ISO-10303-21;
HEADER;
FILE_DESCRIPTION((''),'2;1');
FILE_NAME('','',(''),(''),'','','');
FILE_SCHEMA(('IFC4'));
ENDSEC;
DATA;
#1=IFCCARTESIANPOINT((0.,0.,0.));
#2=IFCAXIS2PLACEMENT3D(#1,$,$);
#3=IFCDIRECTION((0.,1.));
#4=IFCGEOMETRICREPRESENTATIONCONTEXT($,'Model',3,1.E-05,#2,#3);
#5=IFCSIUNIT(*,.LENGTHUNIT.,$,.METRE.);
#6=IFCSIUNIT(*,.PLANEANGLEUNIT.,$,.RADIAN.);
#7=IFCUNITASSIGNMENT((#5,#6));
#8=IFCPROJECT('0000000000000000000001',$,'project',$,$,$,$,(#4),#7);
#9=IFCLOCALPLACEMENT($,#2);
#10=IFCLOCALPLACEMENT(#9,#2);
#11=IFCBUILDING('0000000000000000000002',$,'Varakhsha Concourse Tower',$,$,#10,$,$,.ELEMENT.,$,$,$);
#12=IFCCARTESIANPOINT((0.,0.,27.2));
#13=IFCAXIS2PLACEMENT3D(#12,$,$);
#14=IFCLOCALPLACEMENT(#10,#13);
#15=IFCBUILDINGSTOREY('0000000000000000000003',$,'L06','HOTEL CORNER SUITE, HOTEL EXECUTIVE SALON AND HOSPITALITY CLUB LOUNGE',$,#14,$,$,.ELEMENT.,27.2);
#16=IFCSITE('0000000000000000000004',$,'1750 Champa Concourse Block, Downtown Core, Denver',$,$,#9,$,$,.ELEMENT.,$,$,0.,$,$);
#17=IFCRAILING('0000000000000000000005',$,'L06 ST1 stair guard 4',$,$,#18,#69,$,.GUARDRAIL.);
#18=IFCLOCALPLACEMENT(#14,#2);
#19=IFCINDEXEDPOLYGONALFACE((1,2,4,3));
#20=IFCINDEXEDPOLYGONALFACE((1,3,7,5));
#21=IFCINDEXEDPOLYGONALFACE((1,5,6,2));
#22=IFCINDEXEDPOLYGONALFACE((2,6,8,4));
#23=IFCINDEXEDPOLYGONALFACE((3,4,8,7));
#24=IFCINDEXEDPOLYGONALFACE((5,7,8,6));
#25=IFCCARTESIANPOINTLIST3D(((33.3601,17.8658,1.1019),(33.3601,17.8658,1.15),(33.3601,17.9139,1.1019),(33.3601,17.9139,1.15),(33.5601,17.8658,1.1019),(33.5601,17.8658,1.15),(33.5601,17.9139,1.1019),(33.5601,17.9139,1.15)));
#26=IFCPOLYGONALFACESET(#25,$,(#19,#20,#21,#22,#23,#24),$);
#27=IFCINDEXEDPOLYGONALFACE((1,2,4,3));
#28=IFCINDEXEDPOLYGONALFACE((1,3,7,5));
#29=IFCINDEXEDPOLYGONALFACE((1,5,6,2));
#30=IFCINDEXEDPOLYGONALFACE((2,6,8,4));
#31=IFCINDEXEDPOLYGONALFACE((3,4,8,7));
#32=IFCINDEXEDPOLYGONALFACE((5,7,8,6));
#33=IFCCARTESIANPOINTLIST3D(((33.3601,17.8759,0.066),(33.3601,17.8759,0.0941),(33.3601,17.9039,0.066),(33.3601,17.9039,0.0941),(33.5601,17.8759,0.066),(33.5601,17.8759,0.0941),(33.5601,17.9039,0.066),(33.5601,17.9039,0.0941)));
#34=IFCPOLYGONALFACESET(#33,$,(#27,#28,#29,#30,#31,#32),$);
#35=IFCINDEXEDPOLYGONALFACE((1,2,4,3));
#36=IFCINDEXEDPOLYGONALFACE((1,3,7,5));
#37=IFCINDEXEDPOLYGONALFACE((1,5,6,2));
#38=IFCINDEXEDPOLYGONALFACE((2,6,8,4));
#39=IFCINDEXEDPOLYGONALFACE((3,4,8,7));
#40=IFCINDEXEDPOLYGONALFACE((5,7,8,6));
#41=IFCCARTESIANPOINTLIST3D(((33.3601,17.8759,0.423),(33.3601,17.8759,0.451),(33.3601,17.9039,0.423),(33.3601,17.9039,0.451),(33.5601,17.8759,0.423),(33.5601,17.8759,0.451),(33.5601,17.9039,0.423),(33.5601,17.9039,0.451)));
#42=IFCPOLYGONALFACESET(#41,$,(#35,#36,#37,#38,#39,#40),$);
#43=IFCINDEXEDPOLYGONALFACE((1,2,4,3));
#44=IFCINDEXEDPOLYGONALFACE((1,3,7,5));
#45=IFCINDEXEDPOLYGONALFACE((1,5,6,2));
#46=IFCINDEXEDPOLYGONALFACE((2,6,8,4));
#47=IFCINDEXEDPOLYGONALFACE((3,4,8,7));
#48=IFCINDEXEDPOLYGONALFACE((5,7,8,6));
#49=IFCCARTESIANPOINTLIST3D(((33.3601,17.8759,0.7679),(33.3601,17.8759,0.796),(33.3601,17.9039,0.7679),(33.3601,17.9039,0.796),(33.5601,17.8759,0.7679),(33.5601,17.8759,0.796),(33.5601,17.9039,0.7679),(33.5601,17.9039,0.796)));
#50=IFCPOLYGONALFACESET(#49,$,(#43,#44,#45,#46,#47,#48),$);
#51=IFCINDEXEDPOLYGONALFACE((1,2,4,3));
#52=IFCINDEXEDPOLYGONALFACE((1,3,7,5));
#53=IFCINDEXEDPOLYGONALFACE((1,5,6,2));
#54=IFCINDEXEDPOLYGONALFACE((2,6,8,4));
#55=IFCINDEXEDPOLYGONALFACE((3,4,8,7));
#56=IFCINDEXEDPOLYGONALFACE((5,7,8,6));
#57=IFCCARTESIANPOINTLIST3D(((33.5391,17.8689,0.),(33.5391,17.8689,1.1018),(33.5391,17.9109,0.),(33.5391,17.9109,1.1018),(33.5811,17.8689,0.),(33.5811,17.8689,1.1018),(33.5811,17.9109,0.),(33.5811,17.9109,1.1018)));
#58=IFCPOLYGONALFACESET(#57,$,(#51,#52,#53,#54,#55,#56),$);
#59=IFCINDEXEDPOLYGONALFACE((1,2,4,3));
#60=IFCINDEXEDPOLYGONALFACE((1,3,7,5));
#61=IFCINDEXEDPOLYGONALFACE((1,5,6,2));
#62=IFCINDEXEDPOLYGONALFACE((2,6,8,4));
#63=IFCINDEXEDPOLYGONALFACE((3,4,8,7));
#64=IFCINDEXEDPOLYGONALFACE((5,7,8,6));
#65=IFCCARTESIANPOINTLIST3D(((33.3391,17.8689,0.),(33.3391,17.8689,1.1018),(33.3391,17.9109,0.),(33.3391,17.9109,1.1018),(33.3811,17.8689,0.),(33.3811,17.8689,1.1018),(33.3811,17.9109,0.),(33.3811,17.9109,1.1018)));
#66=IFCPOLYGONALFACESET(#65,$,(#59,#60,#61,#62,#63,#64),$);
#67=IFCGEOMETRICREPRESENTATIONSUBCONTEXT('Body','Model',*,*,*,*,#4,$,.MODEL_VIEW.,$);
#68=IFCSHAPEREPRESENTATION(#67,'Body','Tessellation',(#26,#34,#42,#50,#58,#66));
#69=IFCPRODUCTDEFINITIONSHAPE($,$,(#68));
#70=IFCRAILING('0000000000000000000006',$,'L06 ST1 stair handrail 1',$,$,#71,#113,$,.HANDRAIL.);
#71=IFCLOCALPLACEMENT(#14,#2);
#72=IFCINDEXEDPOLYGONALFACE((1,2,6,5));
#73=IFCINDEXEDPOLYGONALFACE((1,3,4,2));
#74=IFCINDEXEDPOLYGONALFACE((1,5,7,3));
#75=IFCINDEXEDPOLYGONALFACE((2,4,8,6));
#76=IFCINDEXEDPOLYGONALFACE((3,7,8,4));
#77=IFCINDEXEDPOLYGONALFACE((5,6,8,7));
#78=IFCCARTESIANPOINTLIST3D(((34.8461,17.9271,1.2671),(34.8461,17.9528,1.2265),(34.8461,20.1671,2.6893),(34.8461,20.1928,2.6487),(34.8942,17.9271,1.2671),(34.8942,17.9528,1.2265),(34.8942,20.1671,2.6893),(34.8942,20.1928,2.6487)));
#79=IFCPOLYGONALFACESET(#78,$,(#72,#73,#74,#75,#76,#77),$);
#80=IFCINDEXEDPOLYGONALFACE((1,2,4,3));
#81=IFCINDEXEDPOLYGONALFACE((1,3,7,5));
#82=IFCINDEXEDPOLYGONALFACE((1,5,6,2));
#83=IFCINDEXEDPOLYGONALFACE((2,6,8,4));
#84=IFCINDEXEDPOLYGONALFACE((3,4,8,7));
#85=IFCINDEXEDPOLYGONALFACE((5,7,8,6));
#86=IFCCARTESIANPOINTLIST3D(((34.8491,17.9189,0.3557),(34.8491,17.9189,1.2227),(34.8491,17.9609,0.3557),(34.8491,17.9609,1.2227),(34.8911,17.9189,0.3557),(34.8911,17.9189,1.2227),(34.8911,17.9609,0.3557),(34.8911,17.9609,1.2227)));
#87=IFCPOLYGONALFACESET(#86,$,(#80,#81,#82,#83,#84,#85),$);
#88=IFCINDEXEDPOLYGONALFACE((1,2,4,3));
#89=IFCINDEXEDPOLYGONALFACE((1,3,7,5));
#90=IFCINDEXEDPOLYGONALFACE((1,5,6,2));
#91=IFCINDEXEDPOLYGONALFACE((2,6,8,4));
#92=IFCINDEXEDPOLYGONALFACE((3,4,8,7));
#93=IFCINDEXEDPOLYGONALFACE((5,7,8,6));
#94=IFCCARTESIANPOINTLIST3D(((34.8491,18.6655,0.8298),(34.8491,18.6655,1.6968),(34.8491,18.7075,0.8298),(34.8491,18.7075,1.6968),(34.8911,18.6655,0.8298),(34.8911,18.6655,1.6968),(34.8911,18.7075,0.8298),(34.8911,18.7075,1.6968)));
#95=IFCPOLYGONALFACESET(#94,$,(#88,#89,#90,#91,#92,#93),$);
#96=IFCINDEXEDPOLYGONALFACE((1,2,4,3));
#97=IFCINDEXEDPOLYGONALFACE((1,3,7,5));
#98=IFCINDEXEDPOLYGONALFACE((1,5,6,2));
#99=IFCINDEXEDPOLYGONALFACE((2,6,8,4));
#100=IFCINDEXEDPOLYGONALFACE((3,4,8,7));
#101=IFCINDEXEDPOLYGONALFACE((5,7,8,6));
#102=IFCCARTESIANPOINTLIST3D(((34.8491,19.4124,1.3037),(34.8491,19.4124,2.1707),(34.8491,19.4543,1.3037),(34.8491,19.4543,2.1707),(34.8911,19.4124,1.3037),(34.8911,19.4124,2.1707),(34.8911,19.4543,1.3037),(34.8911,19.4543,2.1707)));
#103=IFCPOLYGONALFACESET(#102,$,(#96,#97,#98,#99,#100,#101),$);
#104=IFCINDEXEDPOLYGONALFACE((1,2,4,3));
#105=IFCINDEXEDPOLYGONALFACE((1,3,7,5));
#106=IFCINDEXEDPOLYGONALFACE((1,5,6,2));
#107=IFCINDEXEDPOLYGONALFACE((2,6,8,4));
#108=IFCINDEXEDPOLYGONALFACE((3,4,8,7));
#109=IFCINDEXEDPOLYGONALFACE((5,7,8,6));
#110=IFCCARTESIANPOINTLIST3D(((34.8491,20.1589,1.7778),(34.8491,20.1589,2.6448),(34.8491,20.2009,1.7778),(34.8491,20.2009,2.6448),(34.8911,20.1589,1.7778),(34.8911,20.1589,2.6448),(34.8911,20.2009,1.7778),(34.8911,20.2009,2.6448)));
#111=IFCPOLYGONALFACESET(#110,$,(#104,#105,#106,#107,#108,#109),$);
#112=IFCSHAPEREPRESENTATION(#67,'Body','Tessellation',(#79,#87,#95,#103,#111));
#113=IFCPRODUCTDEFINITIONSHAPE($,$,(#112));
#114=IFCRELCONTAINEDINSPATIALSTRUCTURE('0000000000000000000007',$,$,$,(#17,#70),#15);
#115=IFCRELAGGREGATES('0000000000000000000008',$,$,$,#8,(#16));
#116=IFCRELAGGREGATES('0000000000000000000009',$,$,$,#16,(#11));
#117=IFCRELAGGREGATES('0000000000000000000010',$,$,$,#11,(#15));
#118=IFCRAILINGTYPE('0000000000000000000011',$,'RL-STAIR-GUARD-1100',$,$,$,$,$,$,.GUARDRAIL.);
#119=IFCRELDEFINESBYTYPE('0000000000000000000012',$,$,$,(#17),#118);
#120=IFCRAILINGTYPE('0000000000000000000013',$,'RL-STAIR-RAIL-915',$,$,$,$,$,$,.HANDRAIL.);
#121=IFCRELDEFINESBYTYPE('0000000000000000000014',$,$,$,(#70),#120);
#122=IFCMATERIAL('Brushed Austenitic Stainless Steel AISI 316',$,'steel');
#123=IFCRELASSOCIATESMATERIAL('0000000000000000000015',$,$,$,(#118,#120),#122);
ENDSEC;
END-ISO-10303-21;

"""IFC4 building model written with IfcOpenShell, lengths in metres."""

from ifc_helpers import new_model, si_unit, direction, frame, origin, origin_2d, place, context, subcontext, project, spatial, rectangle, extrude, material, type_object, element, save


model = new_model("IFC4")

# Units and contexts
model_context = context("Model", 3, precision=1e-05, world=origin(), true_north=direction((0.0, 1.0)))
body_context = subcontext(model_context, "Body", "Model", "MODEL_VIEW")
ifc_project = project(units=[si_unit("LENGTHUNIT", "METRE"), si_unit("PLANEANGLEUNIT", "RADIAN")], contexts=[model_context])

# Site, building, storey
site_placement = place(None, origin())
site = spatial("IfcSite", under=ifc_project, at=site_placement, Name="1750 Champa Concourse Block, Downtown Core, Denver", CompositionType="ELEMENT", RefElevation=0.0)
building_placement = place(site_placement, origin())
building = spatial("IfcBuilding", under=site, at=building_placement, Name="Varakhsha Concourse Tower", CompositionType="ELEMENT")
storey_placement = place(building_placement, frame((0.0, 0.0, 27.2)))
storey = spatial("IfcBuildingStorey", under=building, at=storey_placement, Name="L06", Description="HOTEL CORNER SUITE, HOTEL EXECUTIVE SALON AND HOSPITALITY CLUB LOUNGE", CompositionType="ELEMENT", Elevation=27.2)

# Shared definitions
ifc_material_1 = material(Name="Brushed Austenitic Stainless Steel AISI 316", Category="steel")

# Railings
railing_type_1 = type_object("IfcRailingType", Name="RL-STAIR-GUARD-1100", PredefinedType="GUARDRAIL", material=ifc_material_1)
railing_1_placement = place(storey_placement, frame((33.5601, 17.8899, 0.0)))
element("IfcRailing", 1, at=railing_1_placement, inside=storey, type_object=railing_type_1, Name="L06 ST1 stair guard 4", PredefinedType="GUARDRAIL", context=body_context, shape_type="SweptSolid", body=[
    extrude(rectangle(XDim=0.0481, YDim=0.0481, at=origin_2d()), frame((0.0, 0.0, 1.126), z_axis=(-1.0, 0.0, 0.0), x_axis=(0.0, -1.0, 0.0)), (0.0, 0.0, 1.0), 0.2),
    extrude(rectangle(XDim=0.0281, YDim=0.0281, at=origin_2d()), frame((0.0, 0.0, 0.0801), z_axis=(-1.0, 0.0, 0.0), x_axis=(0.0, -1.0, 0.0)), (0.0, 0.0, 1.0), 0.2),
    extrude(rectangle(XDim=0.0281, YDim=0.0281, at=origin_2d()), frame((0.0, 0.0, 0.437), z_axis=(-1.0, 0.0, 0.0), x_axis=(0.0, -1.0, 0.0)), (0.0, 0.0, 1.0), 0.2),
    extrude(rectangle(XDim=0.0281, YDim=0.0281, at=origin_2d()), frame((0.0, 0.0, 0.782), z_axis=(-1.0, 0.0, 0.0), x_axis=(0.0, -1.0, 0.0)), (0.0, 0.0, 1.0), 0.2),
    extrude(rectangle(XDim=0.042, YDim=0.042, at=origin_2d()), origin(), (0.0, 0.0, 1.0), 1.1018),
    extrude(rectangle(XDim=0.042, YDim=0.042, at=origin_2d()), frame((-0.2, 0.0, 0.0)), (0.0, 0.0, 1.0), 1.1018),
])
railing_type_2 = type_object("IfcRailingType", Name="RL-STAIR-RAIL-915", PredefinedType="HANDRAIL", material=ifc_material_1)
railing_2_placement = place(storey_placement, frame((34.8701, 17.9399, 0.3557)))
element("IfcRailing", 2, at=railing_2_placement, inside=storey, type_object=railing_type_2, Name="L06 ST1 stair handrail 1", PredefinedType="HANDRAIL", context=body_context, shape_type="SweptSolid", body=[
    extrude(rectangle(XDim=0.0481, YDim=0.0481, at=origin_2d()), frame((0.0, 0.0, 0.8911), z_axis=(0.0, 0.844229, 0.535982), x_axis=(-1.0, 0.0, 0.0)), (0.0, 0.0, 1.0), 2.6533),
    extrude(rectangle(XDim=0.042, YDim=0.042, at=origin_2d()), origin(), (0.0, 0.0, 1.0), 0.8669),
    extrude(rectangle(XDim=0.042, YDim=0.042, at=origin_2d()), frame((0.0, 0.7466, 0.4741)), (0.0, 0.0, 1.0), 0.8669),
    extrude(rectangle(XDim=0.042, YDim=0.042, at=origin_2d()), frame((0.0, 1.4934, 0.948)), (0.0, 0.0, 1.0), 0.8669),
    extrude(rectangle(XDim=0.042, YDim=0.042, at=origin_2d()), frame((0.0, 2.24, 1.4221)), (0.0, 0.0, 1.0), 0.8669),
])

save(model, "model.ifc")
